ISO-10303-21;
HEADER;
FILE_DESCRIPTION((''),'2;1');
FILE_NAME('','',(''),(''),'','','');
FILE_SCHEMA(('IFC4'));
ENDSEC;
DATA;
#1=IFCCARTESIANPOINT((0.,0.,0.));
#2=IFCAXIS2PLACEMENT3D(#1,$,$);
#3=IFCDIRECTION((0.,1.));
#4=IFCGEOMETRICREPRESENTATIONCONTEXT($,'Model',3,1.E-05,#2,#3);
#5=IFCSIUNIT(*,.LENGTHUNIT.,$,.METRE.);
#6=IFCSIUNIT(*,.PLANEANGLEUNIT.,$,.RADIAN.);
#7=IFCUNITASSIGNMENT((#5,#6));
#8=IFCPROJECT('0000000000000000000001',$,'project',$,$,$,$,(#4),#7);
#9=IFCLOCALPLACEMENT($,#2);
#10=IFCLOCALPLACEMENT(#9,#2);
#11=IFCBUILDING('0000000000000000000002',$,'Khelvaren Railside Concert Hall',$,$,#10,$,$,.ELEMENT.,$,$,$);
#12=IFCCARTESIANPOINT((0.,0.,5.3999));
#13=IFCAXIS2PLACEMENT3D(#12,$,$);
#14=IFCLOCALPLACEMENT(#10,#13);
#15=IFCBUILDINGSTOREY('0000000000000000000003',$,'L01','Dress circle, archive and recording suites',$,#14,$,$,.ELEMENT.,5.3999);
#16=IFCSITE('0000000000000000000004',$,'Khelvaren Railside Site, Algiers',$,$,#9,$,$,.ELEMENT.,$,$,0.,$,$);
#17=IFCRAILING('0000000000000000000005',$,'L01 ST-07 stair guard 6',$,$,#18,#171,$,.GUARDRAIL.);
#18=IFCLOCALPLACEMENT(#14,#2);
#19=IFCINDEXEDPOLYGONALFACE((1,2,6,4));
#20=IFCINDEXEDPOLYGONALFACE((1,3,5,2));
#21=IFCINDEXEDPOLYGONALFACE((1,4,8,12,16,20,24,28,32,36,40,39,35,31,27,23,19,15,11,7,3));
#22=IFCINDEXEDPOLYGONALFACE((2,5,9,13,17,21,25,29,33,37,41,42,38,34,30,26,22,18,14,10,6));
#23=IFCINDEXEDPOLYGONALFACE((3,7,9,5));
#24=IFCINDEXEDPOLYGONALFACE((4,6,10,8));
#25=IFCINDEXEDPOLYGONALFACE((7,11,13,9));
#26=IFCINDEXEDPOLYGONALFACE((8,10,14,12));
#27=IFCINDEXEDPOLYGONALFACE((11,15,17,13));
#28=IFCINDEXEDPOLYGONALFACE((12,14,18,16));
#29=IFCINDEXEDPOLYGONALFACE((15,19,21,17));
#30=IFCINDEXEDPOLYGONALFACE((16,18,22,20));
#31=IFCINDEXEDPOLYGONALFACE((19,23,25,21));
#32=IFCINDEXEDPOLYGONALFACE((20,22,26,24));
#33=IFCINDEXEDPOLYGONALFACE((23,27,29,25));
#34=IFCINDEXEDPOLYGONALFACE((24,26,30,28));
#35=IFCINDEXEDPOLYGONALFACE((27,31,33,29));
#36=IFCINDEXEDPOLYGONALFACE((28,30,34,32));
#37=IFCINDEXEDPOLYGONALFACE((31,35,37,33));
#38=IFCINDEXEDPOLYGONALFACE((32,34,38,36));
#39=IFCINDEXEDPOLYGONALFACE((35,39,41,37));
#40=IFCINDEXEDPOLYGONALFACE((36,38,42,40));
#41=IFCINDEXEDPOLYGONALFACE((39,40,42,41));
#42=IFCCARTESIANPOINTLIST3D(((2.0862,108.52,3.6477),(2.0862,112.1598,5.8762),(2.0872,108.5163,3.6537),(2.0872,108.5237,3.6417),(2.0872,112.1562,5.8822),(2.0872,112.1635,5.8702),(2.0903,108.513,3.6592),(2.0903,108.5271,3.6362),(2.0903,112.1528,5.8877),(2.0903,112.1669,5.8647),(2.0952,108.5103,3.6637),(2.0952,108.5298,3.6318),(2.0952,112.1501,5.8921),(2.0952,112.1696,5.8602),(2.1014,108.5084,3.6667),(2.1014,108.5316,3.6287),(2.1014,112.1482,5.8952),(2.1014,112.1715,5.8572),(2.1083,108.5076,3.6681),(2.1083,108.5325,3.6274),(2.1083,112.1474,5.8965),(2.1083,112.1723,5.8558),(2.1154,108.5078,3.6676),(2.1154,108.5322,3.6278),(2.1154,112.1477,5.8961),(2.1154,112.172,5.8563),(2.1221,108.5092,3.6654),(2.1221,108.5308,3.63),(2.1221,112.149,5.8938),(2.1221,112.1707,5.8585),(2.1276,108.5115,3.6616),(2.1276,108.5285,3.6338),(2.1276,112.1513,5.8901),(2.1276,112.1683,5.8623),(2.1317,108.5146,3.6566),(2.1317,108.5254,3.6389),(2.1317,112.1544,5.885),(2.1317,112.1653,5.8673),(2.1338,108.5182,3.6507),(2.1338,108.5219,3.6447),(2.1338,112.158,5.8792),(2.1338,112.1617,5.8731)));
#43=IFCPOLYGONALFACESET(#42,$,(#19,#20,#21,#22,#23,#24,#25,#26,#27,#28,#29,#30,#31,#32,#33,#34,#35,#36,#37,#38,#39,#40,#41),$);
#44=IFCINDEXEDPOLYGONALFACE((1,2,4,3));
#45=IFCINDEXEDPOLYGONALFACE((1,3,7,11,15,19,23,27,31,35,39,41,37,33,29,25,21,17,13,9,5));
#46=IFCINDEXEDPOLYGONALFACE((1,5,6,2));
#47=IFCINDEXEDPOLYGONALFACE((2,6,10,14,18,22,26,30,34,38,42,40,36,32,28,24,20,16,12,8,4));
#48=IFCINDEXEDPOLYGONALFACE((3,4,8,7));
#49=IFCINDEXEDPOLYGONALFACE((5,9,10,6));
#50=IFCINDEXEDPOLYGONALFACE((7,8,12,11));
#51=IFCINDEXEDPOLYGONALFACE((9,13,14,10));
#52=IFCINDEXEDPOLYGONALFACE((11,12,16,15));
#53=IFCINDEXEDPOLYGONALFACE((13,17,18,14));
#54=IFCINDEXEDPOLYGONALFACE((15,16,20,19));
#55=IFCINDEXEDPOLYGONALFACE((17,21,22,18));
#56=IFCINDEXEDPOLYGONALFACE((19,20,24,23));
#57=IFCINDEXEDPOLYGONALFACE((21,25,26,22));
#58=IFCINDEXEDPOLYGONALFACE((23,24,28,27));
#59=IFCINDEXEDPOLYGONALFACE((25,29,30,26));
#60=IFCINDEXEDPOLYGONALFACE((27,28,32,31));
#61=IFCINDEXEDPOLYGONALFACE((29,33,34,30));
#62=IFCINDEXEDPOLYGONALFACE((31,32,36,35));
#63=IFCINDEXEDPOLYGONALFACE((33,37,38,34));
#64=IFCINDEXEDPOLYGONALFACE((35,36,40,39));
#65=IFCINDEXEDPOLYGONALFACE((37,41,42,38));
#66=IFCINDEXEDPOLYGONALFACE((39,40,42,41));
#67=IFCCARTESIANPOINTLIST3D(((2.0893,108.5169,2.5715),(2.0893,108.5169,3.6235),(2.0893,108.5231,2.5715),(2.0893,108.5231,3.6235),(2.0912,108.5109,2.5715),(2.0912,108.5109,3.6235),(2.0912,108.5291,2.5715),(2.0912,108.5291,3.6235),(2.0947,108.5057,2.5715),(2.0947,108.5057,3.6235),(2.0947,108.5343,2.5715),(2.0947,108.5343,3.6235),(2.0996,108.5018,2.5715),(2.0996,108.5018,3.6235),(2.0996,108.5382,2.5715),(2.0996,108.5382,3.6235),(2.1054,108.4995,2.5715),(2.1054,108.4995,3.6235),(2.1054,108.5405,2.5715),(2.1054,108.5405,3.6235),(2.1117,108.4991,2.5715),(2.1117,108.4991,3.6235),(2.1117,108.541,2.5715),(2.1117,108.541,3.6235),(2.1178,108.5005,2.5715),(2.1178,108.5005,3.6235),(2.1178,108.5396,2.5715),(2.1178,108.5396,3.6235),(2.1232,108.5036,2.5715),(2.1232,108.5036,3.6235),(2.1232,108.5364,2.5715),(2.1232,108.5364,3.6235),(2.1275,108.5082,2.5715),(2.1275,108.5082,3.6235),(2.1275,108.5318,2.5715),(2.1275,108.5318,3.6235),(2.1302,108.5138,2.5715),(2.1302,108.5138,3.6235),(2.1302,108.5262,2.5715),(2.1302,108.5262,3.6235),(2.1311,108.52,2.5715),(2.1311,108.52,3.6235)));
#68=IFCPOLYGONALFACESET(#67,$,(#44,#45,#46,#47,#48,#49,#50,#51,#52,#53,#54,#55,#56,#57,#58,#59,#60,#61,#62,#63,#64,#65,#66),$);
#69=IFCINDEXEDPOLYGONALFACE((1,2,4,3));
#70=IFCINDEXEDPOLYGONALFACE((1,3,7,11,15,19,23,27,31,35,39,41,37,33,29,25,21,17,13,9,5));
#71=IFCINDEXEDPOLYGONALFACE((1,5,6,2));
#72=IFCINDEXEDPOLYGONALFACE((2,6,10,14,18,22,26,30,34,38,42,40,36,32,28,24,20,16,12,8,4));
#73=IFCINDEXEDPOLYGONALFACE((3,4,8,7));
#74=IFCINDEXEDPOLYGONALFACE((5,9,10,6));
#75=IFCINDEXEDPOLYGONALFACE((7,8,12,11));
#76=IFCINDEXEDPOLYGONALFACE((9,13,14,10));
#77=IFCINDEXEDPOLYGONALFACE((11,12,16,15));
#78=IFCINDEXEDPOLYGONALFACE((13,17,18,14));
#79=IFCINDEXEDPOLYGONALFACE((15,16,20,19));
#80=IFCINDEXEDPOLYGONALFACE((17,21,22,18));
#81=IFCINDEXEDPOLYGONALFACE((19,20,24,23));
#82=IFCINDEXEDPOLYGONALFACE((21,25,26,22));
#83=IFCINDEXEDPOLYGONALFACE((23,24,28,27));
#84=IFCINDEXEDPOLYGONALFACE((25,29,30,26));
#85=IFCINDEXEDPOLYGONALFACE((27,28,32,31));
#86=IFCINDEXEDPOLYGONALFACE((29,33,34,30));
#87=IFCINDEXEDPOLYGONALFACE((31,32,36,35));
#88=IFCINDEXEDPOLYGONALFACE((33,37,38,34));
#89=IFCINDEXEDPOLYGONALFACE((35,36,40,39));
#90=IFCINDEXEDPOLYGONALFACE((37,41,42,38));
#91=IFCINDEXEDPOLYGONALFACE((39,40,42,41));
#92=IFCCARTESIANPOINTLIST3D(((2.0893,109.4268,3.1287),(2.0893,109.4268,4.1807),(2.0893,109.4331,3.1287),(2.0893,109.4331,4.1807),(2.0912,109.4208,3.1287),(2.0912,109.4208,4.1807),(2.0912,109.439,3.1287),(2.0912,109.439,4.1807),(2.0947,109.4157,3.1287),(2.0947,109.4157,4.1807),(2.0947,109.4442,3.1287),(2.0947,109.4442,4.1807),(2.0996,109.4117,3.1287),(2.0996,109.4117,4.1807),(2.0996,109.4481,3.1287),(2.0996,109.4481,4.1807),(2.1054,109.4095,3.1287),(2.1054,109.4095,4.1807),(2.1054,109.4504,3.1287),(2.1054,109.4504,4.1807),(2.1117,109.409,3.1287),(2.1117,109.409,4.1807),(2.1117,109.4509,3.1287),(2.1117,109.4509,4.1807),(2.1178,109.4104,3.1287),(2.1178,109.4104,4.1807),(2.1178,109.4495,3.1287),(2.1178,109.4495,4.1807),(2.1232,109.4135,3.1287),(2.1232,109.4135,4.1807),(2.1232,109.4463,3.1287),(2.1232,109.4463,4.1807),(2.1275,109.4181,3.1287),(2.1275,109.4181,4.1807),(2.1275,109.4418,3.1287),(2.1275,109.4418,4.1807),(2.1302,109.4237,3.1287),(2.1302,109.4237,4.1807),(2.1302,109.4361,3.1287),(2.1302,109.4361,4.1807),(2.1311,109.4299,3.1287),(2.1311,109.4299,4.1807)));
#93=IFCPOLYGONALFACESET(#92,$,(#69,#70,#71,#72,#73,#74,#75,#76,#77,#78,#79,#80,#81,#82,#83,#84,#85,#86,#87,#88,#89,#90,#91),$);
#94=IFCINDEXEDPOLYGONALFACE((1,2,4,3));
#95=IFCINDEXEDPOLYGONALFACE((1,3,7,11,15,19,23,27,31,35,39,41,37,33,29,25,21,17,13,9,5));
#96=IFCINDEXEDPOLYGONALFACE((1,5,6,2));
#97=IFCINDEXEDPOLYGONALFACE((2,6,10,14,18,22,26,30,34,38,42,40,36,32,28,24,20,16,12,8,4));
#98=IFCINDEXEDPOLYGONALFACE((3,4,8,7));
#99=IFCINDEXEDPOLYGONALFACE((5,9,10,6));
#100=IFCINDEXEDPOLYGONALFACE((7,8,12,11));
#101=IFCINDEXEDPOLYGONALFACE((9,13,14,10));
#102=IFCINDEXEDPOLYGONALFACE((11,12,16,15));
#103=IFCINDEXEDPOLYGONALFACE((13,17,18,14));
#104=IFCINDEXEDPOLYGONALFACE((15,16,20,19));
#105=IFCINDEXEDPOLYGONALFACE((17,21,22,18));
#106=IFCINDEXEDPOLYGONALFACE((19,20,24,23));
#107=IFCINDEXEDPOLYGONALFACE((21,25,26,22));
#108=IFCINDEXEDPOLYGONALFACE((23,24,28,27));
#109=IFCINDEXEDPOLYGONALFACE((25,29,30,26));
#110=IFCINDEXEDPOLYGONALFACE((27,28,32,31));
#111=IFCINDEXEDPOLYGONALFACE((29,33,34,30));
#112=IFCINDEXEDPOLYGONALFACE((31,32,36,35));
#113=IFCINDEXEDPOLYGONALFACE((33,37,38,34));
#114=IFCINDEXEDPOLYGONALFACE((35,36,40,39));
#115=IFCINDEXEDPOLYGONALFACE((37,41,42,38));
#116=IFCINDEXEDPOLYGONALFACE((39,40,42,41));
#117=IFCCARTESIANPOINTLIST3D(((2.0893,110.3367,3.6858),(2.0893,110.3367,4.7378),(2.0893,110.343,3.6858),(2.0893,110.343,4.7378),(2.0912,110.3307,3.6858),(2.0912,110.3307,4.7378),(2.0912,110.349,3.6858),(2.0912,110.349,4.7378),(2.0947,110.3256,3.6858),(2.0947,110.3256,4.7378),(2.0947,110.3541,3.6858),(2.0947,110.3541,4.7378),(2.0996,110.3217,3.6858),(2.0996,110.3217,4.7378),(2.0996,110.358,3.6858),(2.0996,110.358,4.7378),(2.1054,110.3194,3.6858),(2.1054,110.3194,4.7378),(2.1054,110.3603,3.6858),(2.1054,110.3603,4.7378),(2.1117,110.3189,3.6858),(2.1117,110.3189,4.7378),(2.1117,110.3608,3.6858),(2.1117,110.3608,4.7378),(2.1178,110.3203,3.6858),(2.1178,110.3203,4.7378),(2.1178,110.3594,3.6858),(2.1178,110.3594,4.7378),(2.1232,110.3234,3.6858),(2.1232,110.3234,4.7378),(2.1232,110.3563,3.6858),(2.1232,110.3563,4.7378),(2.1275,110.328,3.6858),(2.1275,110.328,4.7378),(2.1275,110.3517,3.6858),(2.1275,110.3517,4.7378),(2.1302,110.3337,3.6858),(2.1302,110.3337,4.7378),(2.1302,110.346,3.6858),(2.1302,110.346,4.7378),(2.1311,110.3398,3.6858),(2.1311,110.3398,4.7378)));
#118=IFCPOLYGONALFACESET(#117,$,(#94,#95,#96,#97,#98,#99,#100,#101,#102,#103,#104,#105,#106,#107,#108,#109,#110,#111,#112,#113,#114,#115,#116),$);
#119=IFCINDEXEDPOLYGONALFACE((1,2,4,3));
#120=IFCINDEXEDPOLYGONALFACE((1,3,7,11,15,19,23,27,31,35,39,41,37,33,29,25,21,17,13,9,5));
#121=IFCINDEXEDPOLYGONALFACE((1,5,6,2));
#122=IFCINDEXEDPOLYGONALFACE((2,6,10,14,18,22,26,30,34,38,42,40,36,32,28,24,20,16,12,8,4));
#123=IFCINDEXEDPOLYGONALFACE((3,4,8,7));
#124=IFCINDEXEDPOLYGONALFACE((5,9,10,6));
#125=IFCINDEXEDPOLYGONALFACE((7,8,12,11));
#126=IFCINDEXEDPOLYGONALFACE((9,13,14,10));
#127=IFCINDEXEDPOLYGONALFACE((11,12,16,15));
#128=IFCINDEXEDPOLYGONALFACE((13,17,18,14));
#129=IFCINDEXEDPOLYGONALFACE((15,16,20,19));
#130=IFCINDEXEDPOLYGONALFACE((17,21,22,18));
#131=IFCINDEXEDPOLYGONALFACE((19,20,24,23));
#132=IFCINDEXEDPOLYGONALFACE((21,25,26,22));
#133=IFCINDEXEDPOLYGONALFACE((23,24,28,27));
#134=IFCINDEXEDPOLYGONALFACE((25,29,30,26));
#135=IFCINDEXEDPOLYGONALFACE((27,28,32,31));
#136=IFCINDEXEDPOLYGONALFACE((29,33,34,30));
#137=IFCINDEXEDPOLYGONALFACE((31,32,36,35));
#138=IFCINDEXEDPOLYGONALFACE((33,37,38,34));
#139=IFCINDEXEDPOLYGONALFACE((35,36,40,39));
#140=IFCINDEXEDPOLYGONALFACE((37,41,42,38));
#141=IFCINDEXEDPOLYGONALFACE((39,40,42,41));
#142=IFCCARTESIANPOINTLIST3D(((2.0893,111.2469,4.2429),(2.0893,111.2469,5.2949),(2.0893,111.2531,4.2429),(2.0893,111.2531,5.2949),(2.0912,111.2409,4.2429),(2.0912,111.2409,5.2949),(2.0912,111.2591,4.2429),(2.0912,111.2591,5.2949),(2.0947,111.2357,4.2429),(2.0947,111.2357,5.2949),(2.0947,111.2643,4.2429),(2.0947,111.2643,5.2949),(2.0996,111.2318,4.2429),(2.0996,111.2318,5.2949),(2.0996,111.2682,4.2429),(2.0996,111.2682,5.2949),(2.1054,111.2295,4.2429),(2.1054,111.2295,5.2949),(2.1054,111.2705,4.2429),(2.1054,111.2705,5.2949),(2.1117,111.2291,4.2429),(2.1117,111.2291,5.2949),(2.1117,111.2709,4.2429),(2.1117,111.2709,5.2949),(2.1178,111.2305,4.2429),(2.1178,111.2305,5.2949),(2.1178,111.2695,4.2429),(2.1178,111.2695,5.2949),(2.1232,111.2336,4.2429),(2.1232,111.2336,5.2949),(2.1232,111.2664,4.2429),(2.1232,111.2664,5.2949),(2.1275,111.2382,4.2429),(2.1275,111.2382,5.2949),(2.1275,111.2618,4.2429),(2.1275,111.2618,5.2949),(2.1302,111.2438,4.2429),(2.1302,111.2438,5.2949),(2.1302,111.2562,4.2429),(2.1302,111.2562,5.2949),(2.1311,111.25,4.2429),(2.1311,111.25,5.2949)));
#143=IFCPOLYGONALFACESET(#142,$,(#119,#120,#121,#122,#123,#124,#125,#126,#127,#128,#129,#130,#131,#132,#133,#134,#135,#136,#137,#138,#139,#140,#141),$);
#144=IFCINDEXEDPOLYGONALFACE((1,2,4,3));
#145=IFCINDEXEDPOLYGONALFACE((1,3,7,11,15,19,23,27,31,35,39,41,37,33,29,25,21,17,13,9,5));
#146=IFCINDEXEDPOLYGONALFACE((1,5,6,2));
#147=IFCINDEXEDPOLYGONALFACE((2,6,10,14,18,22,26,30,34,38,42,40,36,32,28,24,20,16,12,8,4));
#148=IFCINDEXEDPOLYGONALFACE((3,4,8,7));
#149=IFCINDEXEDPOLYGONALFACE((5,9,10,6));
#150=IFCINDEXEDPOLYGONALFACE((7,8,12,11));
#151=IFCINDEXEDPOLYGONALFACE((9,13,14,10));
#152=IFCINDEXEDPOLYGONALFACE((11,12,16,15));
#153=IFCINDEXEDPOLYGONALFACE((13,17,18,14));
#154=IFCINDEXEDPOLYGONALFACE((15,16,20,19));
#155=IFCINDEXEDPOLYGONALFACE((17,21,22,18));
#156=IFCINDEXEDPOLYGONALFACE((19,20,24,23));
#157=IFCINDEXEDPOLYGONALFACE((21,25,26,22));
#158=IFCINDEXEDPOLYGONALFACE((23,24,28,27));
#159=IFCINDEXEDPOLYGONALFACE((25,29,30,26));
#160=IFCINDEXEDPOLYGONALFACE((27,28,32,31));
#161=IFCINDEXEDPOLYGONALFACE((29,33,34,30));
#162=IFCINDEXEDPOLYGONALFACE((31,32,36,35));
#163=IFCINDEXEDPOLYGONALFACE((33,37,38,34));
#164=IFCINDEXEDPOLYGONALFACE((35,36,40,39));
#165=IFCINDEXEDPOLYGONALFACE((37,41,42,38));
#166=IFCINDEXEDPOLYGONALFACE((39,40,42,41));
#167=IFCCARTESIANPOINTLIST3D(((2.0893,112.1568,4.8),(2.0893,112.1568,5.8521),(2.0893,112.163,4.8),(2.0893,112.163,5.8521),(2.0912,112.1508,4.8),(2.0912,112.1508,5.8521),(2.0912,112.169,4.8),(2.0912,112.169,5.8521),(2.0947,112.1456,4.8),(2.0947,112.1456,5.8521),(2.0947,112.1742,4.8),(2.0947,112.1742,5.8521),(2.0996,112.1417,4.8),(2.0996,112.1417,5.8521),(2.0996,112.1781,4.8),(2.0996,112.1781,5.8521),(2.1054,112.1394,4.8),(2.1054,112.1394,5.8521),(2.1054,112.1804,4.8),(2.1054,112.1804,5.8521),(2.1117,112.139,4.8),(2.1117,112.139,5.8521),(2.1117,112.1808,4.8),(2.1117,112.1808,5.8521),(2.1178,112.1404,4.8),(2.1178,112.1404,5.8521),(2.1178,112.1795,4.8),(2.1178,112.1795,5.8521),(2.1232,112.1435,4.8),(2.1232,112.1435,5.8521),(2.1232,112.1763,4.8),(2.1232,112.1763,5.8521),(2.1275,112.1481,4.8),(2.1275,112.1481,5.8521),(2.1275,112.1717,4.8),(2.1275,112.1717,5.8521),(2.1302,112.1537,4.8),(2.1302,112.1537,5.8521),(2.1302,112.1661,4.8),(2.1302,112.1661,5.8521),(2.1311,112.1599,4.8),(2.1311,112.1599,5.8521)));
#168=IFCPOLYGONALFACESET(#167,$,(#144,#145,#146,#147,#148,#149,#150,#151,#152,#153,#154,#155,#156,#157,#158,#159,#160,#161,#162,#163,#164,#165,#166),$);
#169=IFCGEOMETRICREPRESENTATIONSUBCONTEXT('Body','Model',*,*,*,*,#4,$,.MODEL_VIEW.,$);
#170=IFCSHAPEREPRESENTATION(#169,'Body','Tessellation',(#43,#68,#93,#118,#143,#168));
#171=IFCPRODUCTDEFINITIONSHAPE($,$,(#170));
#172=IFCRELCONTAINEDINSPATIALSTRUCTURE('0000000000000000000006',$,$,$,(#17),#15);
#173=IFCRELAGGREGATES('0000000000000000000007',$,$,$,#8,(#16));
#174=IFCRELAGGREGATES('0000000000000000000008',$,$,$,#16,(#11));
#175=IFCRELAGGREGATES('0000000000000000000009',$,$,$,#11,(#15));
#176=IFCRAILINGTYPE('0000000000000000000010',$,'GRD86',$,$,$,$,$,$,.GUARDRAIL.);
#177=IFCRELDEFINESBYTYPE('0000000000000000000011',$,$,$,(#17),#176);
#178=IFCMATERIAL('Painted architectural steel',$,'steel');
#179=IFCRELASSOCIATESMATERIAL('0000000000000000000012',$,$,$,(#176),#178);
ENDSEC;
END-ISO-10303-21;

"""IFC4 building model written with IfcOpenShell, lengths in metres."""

from ifc_helpers import new_model, si_unit, direction, frame, origin, origin_2d, place, context, subcontext, project, spatial, circle, extrude, material, type_object, element, save


model = new_model("IFC4")

# Units and contexts
model_context = context("Model", 3, precision=1e-05, world=origin(), true_north=direction((0.0, 1.0)))
body_context = subcontext(model_context, "Body", "Model", "MODEL_VIEW")
ifc_project = project(units=[si_unit("LENGTHUNIT", "METRE"), si_unit("PLANEANGLEUNIT", "RADIAN")], contexts=[model_context])

# Site, building, storey
site_placement = place(None, origin())
site = spatial("IfcSite", under=ifc_project, at=site_placement, Name="Khelvaren Railside Site, Algiers", CompositionType="ELEMENT", RefElevation=0.0)
building_placement = place(site_placement, origin())
building = spatial("IfcBuilding", under=site, at=building_placement, Name="Khelvaren Railside Concert Hall", CompositionType="ELEMENT")
storey_placement = place(building_placement, frame((0.0, 0.0, 5.3999)))
storey = spatial("IfcBuildingStorey", under=building, at=storey_placement, Name="L01", Description="Dress circle, archive and recording suites", CompositionType="ELEMENT", Elevation=5.3999)

# Railing
ifc_material_1 = material(Name="Painted architectural steel", Category="steel")
railing_type_1 = type_object("IfcRailingType", Name="GRD86", PredefinedType="GUARDRAIL", material=ifc_material_1)
railing_1_placement = place(storey_placement, frame((2.1101, 108.52, 2.5715)))
element("IfcRailing", 1, at=railing_1_placement, inside=storey, type_object=railing_type_1, Name="L01 ST-07 stair guard 6", PredefinedType="GUARDRAIL", context=body_context, shape_type="SweptSolid", body=[
    extrude(circle(Radius=0.0239, at=origin_2d()), frame((0.0, 0.0, 1.0762), z_axis=(0.0, 0.85285, 0.522156), x_axis=(-1.0, 0.0, 0.0)), (0.0, 0.0, 1.0), 4.2678),
    extrude(circle(Radius=0.021, at=origin_2d()), origin(), (0.0, 0.0, 1.0), 1.052),
    extrude(circle(Radius=0.021, at=origin_2d()), frame((0.0, 0.9099, 0.5571)), (0.0, 0.0, 1.0), 1.052),
    extrude(circle(Radius=0.021, at=origin_2d()), frame((0.0, 1.8198, 1.1143)), (0.0, 0.0, 1.0), 1.052),
    extrude(circle(Radius=0.021, at=origin_2d()), frame((0.0, 2.73, 1.6714)), (0.0, 0.0, 1.0), 1.052),
    extrude(circle(Radius=0.021, at=origin_2d()), frame((0.0, 3.6399, 2.2285)), (0.0, 0.0, 1.0), 1.052),
])

save(model, "model.ifc")
